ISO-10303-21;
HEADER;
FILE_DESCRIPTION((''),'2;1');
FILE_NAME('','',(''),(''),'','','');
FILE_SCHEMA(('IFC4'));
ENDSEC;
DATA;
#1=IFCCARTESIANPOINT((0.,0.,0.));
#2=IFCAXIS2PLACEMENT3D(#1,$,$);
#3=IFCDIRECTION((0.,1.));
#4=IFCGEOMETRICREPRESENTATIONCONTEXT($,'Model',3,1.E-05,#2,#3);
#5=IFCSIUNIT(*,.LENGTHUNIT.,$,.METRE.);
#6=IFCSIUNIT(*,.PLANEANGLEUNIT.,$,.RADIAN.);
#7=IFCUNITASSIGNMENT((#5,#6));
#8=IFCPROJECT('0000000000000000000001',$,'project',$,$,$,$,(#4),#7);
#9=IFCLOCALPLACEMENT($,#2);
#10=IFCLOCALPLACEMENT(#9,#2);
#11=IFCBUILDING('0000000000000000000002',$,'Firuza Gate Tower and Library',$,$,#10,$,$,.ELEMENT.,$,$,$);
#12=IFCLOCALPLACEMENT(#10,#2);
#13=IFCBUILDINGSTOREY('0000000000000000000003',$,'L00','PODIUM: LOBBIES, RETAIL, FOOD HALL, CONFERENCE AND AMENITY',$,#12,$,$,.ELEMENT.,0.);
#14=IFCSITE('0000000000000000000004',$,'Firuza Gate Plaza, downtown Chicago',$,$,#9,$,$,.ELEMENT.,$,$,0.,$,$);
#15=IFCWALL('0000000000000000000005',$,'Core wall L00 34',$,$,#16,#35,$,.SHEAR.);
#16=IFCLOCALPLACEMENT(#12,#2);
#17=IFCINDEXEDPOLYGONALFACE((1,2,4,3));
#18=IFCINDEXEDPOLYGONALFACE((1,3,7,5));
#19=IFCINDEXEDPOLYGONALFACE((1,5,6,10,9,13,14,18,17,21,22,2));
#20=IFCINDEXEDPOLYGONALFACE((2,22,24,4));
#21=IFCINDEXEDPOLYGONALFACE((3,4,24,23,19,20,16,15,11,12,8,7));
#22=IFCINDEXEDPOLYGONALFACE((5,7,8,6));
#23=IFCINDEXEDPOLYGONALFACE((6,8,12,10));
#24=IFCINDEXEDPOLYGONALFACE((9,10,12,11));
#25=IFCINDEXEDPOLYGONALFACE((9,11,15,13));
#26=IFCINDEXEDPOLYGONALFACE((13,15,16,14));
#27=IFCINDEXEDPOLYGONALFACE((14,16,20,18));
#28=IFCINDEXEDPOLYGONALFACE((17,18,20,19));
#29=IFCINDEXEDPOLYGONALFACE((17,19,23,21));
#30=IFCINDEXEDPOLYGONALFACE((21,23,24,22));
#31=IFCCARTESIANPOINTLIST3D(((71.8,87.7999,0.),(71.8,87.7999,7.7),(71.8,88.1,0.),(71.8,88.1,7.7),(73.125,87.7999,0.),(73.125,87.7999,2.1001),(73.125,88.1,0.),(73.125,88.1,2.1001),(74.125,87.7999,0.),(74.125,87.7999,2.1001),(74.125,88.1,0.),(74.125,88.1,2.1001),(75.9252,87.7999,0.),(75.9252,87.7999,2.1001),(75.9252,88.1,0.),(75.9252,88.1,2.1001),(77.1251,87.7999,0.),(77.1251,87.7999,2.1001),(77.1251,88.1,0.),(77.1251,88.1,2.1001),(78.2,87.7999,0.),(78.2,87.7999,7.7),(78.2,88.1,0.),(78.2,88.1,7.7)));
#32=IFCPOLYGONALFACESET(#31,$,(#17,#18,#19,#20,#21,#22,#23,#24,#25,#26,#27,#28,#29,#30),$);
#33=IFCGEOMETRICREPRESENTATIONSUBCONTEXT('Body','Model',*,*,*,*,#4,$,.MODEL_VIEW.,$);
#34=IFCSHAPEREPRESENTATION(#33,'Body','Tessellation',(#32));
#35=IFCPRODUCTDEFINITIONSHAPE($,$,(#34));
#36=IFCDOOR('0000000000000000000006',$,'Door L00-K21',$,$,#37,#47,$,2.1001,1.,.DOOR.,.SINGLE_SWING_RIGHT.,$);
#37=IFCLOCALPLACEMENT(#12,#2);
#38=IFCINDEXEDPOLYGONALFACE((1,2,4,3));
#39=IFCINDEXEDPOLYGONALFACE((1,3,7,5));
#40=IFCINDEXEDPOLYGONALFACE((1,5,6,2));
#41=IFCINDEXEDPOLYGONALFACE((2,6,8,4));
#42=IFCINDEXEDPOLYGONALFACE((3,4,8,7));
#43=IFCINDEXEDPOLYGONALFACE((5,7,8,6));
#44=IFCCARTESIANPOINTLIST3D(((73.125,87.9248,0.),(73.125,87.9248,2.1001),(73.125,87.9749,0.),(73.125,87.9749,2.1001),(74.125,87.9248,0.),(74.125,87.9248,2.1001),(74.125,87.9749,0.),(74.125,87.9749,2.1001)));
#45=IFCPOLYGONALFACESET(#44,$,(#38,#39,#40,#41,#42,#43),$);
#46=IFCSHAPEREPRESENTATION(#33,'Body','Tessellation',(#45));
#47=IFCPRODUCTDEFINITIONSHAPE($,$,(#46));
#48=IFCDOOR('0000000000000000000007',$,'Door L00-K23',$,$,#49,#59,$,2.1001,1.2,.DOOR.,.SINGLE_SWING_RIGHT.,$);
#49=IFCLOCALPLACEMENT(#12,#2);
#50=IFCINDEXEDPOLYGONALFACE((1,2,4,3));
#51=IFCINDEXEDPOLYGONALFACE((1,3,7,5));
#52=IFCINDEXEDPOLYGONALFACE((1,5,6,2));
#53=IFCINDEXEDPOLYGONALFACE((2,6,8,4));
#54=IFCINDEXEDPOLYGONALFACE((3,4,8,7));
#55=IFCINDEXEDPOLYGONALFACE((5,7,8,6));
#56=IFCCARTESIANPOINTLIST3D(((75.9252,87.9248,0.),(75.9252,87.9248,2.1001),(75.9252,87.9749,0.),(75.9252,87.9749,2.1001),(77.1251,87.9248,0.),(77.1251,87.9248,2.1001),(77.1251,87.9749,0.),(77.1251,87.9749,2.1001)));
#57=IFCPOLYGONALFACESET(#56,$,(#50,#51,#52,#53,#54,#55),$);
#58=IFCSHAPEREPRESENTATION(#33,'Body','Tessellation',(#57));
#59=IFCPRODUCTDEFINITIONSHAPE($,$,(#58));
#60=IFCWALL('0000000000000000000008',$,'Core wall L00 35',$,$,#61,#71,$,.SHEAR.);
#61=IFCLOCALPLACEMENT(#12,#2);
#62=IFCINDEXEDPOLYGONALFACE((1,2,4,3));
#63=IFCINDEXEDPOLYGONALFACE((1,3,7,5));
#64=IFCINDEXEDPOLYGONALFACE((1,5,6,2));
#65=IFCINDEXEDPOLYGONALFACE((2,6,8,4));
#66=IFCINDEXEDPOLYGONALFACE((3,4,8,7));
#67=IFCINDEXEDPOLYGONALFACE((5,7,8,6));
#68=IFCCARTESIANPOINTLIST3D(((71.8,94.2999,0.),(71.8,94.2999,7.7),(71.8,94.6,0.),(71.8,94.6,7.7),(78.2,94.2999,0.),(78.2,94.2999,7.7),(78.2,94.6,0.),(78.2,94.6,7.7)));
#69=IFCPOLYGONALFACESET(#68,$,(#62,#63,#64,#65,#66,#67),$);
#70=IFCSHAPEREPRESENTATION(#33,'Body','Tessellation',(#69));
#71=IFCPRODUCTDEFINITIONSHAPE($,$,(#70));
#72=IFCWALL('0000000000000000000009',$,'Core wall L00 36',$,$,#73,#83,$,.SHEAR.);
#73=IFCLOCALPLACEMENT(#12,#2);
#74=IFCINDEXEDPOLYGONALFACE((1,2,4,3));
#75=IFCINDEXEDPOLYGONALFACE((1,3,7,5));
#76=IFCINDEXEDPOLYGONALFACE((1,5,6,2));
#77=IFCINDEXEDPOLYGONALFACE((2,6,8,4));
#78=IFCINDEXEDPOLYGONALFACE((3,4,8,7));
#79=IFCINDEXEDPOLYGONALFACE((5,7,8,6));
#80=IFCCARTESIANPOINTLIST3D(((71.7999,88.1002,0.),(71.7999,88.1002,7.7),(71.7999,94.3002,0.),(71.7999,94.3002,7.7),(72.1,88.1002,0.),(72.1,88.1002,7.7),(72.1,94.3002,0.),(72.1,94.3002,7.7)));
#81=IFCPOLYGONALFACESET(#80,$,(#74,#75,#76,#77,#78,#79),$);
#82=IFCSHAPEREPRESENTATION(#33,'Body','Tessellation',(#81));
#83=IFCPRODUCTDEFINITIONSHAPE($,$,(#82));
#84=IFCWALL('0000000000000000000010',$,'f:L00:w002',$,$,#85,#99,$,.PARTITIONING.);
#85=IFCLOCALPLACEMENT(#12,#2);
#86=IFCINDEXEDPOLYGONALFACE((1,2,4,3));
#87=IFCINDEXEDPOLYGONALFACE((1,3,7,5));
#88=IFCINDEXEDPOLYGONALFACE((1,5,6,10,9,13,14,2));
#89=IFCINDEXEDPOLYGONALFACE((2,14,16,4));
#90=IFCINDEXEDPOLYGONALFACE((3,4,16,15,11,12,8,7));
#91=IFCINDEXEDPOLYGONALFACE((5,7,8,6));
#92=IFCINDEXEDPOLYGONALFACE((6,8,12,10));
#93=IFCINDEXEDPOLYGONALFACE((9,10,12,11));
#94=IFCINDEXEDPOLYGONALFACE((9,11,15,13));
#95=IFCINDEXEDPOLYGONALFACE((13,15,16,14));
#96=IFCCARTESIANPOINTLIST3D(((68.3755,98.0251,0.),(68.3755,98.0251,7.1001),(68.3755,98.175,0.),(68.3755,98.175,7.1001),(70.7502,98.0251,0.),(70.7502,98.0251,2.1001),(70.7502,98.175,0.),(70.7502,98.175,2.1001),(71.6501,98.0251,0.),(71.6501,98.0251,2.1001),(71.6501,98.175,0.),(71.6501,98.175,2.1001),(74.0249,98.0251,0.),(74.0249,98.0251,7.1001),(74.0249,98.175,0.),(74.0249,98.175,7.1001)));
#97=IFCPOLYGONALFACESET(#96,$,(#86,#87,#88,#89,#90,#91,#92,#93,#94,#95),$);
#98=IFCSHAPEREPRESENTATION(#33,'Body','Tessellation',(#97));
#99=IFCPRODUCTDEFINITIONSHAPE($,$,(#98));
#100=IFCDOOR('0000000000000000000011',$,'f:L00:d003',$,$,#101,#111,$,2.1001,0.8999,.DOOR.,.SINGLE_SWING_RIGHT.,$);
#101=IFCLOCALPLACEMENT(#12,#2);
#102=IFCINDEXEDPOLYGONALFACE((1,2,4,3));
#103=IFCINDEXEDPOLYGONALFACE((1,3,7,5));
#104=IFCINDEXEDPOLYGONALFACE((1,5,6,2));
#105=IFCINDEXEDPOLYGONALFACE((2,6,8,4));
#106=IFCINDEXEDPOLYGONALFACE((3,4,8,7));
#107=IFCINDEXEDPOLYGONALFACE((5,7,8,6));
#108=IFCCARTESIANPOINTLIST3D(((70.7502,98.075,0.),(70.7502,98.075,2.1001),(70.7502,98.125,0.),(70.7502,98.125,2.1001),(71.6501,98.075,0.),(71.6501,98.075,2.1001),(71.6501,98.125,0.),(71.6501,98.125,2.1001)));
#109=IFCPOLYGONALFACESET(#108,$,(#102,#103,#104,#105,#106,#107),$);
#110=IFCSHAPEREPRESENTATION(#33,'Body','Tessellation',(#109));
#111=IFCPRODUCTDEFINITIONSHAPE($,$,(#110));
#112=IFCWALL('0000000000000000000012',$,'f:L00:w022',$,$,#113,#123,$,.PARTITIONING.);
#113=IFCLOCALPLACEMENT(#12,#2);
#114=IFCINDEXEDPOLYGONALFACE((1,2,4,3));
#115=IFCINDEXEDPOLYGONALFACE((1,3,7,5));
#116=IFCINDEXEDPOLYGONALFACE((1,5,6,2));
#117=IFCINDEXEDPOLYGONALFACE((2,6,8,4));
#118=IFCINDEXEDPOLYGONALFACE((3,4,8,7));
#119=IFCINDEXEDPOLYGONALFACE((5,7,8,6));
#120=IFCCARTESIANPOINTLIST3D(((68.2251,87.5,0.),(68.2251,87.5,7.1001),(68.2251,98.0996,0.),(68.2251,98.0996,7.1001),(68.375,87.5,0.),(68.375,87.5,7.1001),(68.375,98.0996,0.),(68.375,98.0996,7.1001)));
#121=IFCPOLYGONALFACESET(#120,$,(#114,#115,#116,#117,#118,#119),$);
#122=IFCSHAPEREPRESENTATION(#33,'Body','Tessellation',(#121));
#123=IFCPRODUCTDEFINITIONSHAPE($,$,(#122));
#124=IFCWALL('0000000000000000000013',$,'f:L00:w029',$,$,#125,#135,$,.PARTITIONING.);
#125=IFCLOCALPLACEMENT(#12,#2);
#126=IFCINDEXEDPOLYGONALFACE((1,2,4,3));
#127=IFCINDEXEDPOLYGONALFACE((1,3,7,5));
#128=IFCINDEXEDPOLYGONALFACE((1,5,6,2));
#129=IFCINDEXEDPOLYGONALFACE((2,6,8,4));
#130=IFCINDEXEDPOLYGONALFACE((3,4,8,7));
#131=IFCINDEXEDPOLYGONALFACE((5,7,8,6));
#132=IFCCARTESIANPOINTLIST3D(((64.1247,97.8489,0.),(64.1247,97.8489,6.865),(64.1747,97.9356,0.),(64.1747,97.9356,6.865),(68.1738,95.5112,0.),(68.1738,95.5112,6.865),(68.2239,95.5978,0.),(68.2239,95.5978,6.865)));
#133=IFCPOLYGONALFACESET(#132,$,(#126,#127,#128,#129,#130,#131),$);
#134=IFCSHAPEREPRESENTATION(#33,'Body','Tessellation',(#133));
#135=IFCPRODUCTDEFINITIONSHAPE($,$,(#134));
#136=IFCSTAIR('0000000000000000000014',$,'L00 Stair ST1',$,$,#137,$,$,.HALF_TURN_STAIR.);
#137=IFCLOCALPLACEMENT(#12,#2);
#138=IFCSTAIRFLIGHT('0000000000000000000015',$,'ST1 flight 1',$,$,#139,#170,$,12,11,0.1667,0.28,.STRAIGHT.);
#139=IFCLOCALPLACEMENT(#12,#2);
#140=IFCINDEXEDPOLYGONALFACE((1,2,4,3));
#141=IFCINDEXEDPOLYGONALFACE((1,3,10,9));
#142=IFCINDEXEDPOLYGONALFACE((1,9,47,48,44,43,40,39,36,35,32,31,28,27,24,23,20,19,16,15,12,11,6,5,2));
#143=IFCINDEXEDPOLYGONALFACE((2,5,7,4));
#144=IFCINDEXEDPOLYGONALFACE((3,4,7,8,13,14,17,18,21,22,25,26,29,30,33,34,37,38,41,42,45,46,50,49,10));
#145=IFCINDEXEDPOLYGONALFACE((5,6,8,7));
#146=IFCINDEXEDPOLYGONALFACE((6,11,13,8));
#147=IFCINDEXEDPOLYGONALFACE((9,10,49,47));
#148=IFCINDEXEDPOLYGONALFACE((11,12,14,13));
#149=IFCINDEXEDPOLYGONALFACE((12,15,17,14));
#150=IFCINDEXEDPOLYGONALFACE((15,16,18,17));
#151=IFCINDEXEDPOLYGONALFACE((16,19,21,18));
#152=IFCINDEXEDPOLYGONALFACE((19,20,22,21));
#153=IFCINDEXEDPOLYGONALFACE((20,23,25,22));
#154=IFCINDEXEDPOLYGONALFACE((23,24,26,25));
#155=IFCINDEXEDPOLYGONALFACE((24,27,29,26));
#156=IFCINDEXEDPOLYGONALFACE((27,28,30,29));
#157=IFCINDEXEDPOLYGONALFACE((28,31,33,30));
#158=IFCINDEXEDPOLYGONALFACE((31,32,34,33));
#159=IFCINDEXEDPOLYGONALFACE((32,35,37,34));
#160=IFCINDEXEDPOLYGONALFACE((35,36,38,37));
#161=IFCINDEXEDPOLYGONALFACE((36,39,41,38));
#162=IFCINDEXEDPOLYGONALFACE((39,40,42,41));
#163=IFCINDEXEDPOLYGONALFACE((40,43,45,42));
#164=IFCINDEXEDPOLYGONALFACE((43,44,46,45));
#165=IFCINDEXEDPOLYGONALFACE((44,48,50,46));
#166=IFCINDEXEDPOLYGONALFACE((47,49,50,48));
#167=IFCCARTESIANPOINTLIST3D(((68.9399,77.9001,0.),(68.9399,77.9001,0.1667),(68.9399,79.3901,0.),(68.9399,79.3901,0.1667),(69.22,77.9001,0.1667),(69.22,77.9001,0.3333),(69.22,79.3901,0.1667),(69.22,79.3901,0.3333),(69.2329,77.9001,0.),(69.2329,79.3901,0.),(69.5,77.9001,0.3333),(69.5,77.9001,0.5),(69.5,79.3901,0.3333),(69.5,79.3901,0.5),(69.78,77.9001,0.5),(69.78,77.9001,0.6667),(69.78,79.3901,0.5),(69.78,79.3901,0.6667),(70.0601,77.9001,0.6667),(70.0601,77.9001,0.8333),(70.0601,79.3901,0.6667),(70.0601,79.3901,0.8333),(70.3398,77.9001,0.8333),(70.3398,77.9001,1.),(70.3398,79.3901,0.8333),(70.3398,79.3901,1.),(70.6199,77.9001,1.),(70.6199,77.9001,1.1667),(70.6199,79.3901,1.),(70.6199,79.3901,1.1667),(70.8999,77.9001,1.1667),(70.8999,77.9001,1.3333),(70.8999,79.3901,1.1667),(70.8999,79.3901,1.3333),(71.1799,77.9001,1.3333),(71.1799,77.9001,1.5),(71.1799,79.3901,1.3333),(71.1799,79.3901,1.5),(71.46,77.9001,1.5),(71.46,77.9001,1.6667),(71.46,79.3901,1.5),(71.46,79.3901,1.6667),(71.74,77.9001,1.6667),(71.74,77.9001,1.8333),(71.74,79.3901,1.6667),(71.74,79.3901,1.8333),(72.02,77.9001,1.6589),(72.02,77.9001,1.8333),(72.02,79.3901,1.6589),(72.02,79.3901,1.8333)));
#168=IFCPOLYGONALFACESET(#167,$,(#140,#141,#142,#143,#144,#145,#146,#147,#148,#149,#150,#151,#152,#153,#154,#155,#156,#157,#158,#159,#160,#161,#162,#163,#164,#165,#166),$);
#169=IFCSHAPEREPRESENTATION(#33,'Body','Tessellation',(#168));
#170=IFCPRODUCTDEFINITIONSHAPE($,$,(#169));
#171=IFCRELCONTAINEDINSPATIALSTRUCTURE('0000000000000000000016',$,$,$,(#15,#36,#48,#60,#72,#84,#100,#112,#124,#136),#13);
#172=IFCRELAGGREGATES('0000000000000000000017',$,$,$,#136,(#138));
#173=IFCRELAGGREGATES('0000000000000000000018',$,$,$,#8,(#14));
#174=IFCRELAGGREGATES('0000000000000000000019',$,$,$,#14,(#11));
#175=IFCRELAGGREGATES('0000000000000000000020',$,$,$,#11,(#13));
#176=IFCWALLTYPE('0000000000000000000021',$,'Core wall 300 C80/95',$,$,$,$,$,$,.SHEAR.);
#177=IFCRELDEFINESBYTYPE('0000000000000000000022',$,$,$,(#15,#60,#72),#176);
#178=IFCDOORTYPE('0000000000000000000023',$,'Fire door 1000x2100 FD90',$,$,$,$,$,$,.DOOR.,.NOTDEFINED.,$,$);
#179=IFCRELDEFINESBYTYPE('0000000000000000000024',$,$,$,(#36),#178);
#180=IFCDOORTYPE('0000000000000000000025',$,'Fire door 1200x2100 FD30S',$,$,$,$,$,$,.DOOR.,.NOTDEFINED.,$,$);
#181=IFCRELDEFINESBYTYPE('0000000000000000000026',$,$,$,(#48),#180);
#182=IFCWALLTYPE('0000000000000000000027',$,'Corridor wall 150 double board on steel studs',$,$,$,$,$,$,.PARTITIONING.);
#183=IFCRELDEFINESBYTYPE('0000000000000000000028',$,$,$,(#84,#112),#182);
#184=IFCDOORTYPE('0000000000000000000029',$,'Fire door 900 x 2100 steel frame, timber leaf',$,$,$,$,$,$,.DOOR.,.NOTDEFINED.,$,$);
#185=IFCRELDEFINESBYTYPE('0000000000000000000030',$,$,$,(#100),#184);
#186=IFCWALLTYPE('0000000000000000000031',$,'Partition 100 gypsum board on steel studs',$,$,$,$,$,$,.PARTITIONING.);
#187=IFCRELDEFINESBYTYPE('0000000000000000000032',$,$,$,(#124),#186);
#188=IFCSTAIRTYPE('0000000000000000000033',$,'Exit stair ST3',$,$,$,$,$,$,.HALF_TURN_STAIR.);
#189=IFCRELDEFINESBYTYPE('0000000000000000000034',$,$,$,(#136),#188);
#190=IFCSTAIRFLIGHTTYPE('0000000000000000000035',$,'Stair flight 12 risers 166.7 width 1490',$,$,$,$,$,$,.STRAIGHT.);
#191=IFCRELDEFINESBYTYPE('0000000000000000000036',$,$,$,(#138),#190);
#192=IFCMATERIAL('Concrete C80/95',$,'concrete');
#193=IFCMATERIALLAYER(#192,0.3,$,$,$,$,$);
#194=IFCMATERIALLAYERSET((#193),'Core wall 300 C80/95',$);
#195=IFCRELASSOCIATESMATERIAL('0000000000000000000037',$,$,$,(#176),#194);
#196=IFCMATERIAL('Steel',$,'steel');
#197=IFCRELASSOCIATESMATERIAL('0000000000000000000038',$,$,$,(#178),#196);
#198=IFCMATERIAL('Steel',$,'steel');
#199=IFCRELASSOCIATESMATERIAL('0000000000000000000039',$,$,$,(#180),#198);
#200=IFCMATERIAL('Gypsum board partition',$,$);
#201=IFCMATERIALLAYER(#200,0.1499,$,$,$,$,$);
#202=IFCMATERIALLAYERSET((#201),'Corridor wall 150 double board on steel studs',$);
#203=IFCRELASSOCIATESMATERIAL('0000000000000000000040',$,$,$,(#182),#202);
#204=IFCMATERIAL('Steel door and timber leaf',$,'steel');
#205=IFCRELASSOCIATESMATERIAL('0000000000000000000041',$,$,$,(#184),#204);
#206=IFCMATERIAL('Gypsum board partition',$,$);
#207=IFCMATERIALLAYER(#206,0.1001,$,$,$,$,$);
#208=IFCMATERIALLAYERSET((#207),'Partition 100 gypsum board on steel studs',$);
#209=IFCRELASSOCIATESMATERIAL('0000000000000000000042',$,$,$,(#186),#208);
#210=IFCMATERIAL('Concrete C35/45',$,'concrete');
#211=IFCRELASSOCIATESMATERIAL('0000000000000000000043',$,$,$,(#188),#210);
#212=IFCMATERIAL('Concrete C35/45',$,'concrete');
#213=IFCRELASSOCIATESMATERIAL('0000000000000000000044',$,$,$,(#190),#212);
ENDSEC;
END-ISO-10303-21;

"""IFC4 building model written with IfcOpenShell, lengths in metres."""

from ifc_helpers import new_model, si_unit, direction, frame, frame_2d, origin, place, context, subcontext, project, spatial, polyline, rectangle, outline, extrude, material, layer, layer_set, type_object, element, fill, aggregate, save


model = new_model("IFC4")

# Units and contexts
model_context = context("Model", 3, precision=1e-05, world=origin(), true_north=direction((0.0, 1.0)))
body_context = subcontext(model_context, "Body", "Model", "MODEL_VIEW")
ifc_project = project(units=[si_unit("LENGTHUNIT", "METRE"), si_unit("PLANEANGLEUNIT", "RADIAN")], contexts=[model_context])

# Site, building, storey
site_placement = place(None, origin())
site = spatial("IfcSite", under=ifc_project, at=site_placement, Name="Firuza Gate Plaza, downtown Chicago", CompositionType="ELEMENT", RefElevation=0.0)
building_placement = place(site_placement, origin())
building = spatial("IfcBuilding", under=site, at=building_placement, Name="Firuza Gate Tower and Library", CompositionType="ELEMENT")
storey_placement = place(building_placement, origin())
storey = spatial("IfcBuildingStorey", under=building, at=storey_placement, Name="L00", Description="PODIUM: LOBBIES, RETAIL, FOOD HALL, CONFERENCE AND AMENITY", CompositionType="ELEMENT", Elevation=0.0)

# Shared definitions
ifc_material_1 = material(Name="Concrete C80/95", Category="concrete")
ifc_layer_1 = layer(ifc_material_1, 0.3)
ifc_layer_set_1 = layer_set([ifc_layer_1], Name="Core wall 300 C80/95")
wall_type_1 = type_object("IfcWallType", Name="Core wall 300 C80/95", PredefinedType="SHEAR", material=ifc_layer_set_1)
ifc_material_2 = material(Name="Steel", Category="steel")
door_type_1 = type_object("IfcDoorType", Name="Fire door 1000x2100 FD90", OperationType="NOTDEFINED", PredefinedType="DOOR", material=ifc_material_2)

# Wall, openings, doors
wall_1_placement = place(storey_placement, frame((71.8, 87.95, 0.0), z_axis=(0.0, 0.0, 1.0), x_axis=(1.0, 0.0, 0.0)))
wall_1 = element("IfcWall", 1, at=wall_1_placement, inside=storey, type_object=wall_type_1, Name="Core wall L00 34", PredefinedType="SHEAR", context=body_context, shape_type="SweptSolid", body=[
    extrude(rectangle(XDim=6.3999, YDim=0.3, at=frame_2d((3.2, 0.0))), origin(), (0.0, 0.0, 1.0), 7.7),
])
opening_1_placement = place(wall_1_placement, frame((1.325, 0.0, 0.0)))
opening_1 = element("IfcOpeningElement", 2, at=opening_1_placement, cuts=wall_1, PredefinedType="OPENING", context=body_context, shape_type="SweptSolid", body=[
    extrude(rectangle(XDim=1.0, YDim=2.1001, at=frame_2d((0.5, 1.05))), frame((0.0, 0.1602, 0.0), z_axis=(0.0, -1.0, 0.0), x_axis=(1.0, 0.0, 0.0)), (0.0, 0.0, 1.0), 0.3201),
])
opening_2_placement = place(wall_1_placement, frame((4.125, 0.0, 0.0)))
opening_2 = element("IfcOpeningElement", 3, at=opening_2_placement, cuts=wall_1, PredefinedType="OPENING", context=body_context, shape_type="SweptSolid", body=[
    extrude(rectangle(XDim=1.2, YDim=2.1001, at=frame_2d((0.6001, 1.05))), frame((0.0, 0.1602, 0.0), z_axis=(0.0, -1.0, 0.0), x_axis=(1.0, 0.0, 0.0)), (0.0, 0.0, 1.0), 0.3201),
])
door_1_placement = place(opening_1_placement, origin())
door_1 = element("IfcDoor", 4, at=door_1_placement, inside=storey, type_object=door_type_1, Name="Door L00-K21", OperationType="SINGLE_SWING_RIGHT", OverallHeight=2.1001, OverallWidth=1.0, PredefinedType="DOOR", context=body_context, shape_type="SweptSolid", body=[
    extrude(rectangle(XDim=1.0, YDim=2.1001, at=frame_2d((0.5, 1.05))), frame((0.0, 0.0249, 0.0), z_axis=(0.0, -1.0, 0.0), x_axis=(1.0, 0.0, 0.0)), (0.0, 0.0, 1.0), 0.05),
])
fill(opening_1, door_1)
ifc_material_3 = material(Name="Steel", Category="steel")
door_type_2 = type_object("IfcDoorType", Name="Fire door 1200x2100 FD30S", OperationType="NOTDEFINED", PredefinedType="DOOR", material=ifc_material_3)
door_2_placement = place(opening_2_placement, origin())
door_2 = element("IfcDoor", 5, at=door_2_placement, inside=storey, type_object=door_type_2, Name="Door L00-K23", OperationType="SINGLE_SWING_RIGHT", OverallHeight=2.1001, OverallWidth=1.2, PredefinedType="DOOR", context=body_context, shape_type="SweptSolid", body=[
    extrude(rectangle(XDim=1.2, YDim=2.1001, at=frame_2d((0.6001, 1.05))), frame((0.0, 0.0249, 0.0), z_axis=(0.0, -1.0, 0.0), x_axis=(1.0, 0.0, 0.0)), (0.0, 0.0, 1.0), 0.05),
])
fill(opening_2, door_2)

# Walls
wall_2_placement = place(storey_placement, frame((71.8, 94.45, 0.0), z_axis=(0.0, 0.0, 1.0), x_axis=(1.0, 0.0, 0.0)))
element("IfcWall", 6, at=wall_2_placement, inside=storey, type_object=wall_type_1, Name="Core wall L00 35", PredefinedType="SHEAR", context=body_context, shape_type="SweptSolid", body=[
    extrude(rectangle(XDim=6.3999, YDim=0.3, at=frame_2d((3.2, 0.0))), origin(), (0.0, 0.0, 1.0), 7.7),
])
wall_3_placement = place(storey_placement, frame((71.95, 88.1001, 0.0), z_axis=(0.0, 0.0, 1.0), x_axis=(0.0, 1.0, 0.0)))
element("IfcWall", 7, at=wall_3_placement, inside=storey, type_object=wall_type_1, Name="Core wall L00 36", PredefinedType="SHEAR", context=body_context, shape_type="SweptSolid", body=[
    extrude(rectangle(XDim=6.2, YDim=0.3, at=frame_2d((3.1001, 0.0))), origin(), (0.0, 0.0, 1.0), 7.7),
])

# Wall, opening, door
ifc_material_4 = material(Name="Gypsum board partition")
ifc_layer_2 = layer(ifc_material_4, 0.1499)
ifc_layer_set_2 = layer_set([ifc_layer_2], Name="Corridor wall 150 double board on steel studs")
wall_type_2 = type_object("IfcWallType", Name="Corridor wall 150 double board on steel studs", PredefinedType="PARTITIONING", material=ifc_layer_set_2)
wall_4_placement = place(storey_placement, frame((68.3755, 98.1001, 0.0), z_axis=(0.0, 0.0, 1.0), x_axis=(1.0, 0.0, 0.0)))
wall_4 = element("IfcWall", 8, at=wall_4_placement, inside=storey, type_object=wall_type_2, Name="f:L00:w002", PredefinedType="PARTITIONING", context=body_context, shape_type="SweptSolid", body=[
    extrude(rectangle(XDim=5.6494, YDim=0.1499, at=frame_2d((2.8247, 0.0))), origin(), (0.0, 0.0, 1.0), 7.1001),
])
opening_3_placement = place(wall_4_placement, frame((2.3748, 0.0, 0.0)))
opening_3 = element("IfcOpeningElement", 9, at=opening_3_placement, cuts=wall_4, PredefinedType="OPENING", context=body_context, shape_type="SweptSolid", body=[
    extrude(rectangle(XDim=0.8999, YDim=2.1001, at=frame_2d((0.45, 1.05))), frame((0.0, 0.085, 0.0), z_axis=(0.0, -1.0, 0.0), x_axis=(1.0, 0.0, 0.0)), (0.0, 0.0, 1.0), 0.1699),
])
ifc_material_5 = material(Name="Steel door and timber leaf", Category="steel")
door_type_3 = type_object("IfcDoorType", Name="Fire door 900 x 2100 steel frame, timber leaf", OperationType="NOTDEFINED", PredefinedType="DOOR", material=ifc_material_5)
door_3_placement = place(opening_3_placement, origin())
door_3 = element("IfcDoor", 10, at=door_3_placement, inside=storey, type_object=door_type_3, Name="f:L00:d003", OperationType="SINGLE_SWING_RIGHT", OverallHeight=2.1001, OverallWidth=0.8999, PredefinedType="DOOR", context=body_context, shape_type="SweptSolid", body=[
    extrude(rectangle(XDim=0.8999, YDim=2.1001, at=frame_2d((0.45, 1.05))), frame((0.0, 0.0249, 0.0), z_axis=(0.0, -1.0, 0.0), x_axis=(1.0, 0.0, 0.0)), (0.0, 0.0, 1.0), 0.05),
])
fill(opening_3, door_3)

# Walls
wall_5_placement = place(storey_placement, frame((68.3, 87.5, 0.0), z_axis=(0.0, 0.0, 1.0), x_axis=(0.0, 1.0, 0.0)))
element("IfcWall", 11, at=wall_5_placement, inside=storey, type_object=wall_type_2, Name="f:L00:w022", PredefinedType="PARTITIONING", context=body_context, shape_type="SweptSolid", body=[
    extrude(rectangle(XDim=10.5996, YDim=0.1499, at=frame_2d((5.2998, 0.0))), origin(), (0.0, 0.0, 1.0), 7.1001),
])
ifc_material_6 = material(Name="Gypsum board partition")
ifc_layer_3 = layer(ifc_material_6, 0.1001)
ifc_layer_set_3 = layer_set([ifc_layer_3], Name="Partition 100 gypsum board on steel studs")
wall_type_3 = type_object("IfcWallType", Name="Partition 100 gypsum board on steel studs", PredefinedType="PARTITIONING", material=ifc_layer_set_3)
wall_6_placement = place(storey_placement, frame((68.199, 95.5544, 0.0), z_axis=(0.0, 0.0, 1.0), x_axis=(-0.866033, 0.499986, 0.0)))
element("IfcWall", 12, at=wall_6_placement, inside=storey, type_object=wall_type_3, Name="f:L00:w029", PredefinedType="PARTITIONING", context=body_context, shape_type="SweptSolid", body=[
    extrude(rectangle(XDim=4.6755, YDim=0.1001, at=frame_2d((2.3379, 0.0))), origin(), (0.0, 0.0, 1.0), 6.865),
])

# Stair, stair flight
ifc_material_7 = material(Name="Concrete C35/45", Category="concrete")
stair_type = type_object("IfcStairType", Name="Exit stair ST3", PredefinedType="HALF_TURN_STAIR", material=ifc_material_7)
stair_placement = place(storey_placement, origin())
stair = element("IfcStair", 13, at=stair_placement, inside=storey, type_object=stair_type, Name="L00 Stair ST1", PredefinedType="HALF_TURN_STAIR")
ifc_material_8 = material(Name="Concrete C35/45", Category="concrete")
stair_flight_type = type_object("IfcStairFlightType", Name="Stair flight 12 risers 166.7 width 1490", PredefinedType="STRAIGHT", material=ifc_material_8)
stair_flight_1_placement = place(storey_placement, frame((68.9399, 78.645, 0.0), z_axis=(0.0, 0.0, 1.0), x_axis=(1.0, 0.0, 0.0)))
stair_flight_1 = element("IfcStairFlight", 14, at=stair_flight_1_placement, type_object=stair_flight_type, Name="ST1 flight 1", NumberOfRisers=12, NumberOfTreads=11, PredefinedType="STRAIGHT", RiserHeight=0.1667, TreadLength=0.28, context=body_context, shape_type="SweptSolid", body=[
    extrude(outline(polyline([(0.0, 0.0), (0.0, 0.1667), (0.28, 0.1667), (0.28, 0.3333), (0.5601, 0.3333), (0.5601, 0.5), (0.8401, 0.5), (0.8401, 0.6667), (1.1201, 0.6667), (1.1201, 0.8333), (1.3999, 0.8333), (1.3999, 1.0), (1.6799, 1.0), (1.6799, 1.1667), (1.96, 1.1667), (1.96, 1.3333), (2.24, 1.3333), (2.24, 1.5), (2.52, 1.5), (2.52, 1.6667), (2.8, 1.6667), (2.8, 1.8333), (3.0801, 1.8333), (3.0801, 2.0), (3.0801, 1.6589), (0.293, 0.0), (0.0, 0.0)])), frame((0.0, 0.7451, 0.0), z_axis=(0.0, -1.0, 0.0), x_axis=(1.0, 0.0, 0.0)), (0.0, 0.0, 1.0), 1.49),
])
aggregate(stair, [stair_flight_1])

save(model, "model.ifc")
